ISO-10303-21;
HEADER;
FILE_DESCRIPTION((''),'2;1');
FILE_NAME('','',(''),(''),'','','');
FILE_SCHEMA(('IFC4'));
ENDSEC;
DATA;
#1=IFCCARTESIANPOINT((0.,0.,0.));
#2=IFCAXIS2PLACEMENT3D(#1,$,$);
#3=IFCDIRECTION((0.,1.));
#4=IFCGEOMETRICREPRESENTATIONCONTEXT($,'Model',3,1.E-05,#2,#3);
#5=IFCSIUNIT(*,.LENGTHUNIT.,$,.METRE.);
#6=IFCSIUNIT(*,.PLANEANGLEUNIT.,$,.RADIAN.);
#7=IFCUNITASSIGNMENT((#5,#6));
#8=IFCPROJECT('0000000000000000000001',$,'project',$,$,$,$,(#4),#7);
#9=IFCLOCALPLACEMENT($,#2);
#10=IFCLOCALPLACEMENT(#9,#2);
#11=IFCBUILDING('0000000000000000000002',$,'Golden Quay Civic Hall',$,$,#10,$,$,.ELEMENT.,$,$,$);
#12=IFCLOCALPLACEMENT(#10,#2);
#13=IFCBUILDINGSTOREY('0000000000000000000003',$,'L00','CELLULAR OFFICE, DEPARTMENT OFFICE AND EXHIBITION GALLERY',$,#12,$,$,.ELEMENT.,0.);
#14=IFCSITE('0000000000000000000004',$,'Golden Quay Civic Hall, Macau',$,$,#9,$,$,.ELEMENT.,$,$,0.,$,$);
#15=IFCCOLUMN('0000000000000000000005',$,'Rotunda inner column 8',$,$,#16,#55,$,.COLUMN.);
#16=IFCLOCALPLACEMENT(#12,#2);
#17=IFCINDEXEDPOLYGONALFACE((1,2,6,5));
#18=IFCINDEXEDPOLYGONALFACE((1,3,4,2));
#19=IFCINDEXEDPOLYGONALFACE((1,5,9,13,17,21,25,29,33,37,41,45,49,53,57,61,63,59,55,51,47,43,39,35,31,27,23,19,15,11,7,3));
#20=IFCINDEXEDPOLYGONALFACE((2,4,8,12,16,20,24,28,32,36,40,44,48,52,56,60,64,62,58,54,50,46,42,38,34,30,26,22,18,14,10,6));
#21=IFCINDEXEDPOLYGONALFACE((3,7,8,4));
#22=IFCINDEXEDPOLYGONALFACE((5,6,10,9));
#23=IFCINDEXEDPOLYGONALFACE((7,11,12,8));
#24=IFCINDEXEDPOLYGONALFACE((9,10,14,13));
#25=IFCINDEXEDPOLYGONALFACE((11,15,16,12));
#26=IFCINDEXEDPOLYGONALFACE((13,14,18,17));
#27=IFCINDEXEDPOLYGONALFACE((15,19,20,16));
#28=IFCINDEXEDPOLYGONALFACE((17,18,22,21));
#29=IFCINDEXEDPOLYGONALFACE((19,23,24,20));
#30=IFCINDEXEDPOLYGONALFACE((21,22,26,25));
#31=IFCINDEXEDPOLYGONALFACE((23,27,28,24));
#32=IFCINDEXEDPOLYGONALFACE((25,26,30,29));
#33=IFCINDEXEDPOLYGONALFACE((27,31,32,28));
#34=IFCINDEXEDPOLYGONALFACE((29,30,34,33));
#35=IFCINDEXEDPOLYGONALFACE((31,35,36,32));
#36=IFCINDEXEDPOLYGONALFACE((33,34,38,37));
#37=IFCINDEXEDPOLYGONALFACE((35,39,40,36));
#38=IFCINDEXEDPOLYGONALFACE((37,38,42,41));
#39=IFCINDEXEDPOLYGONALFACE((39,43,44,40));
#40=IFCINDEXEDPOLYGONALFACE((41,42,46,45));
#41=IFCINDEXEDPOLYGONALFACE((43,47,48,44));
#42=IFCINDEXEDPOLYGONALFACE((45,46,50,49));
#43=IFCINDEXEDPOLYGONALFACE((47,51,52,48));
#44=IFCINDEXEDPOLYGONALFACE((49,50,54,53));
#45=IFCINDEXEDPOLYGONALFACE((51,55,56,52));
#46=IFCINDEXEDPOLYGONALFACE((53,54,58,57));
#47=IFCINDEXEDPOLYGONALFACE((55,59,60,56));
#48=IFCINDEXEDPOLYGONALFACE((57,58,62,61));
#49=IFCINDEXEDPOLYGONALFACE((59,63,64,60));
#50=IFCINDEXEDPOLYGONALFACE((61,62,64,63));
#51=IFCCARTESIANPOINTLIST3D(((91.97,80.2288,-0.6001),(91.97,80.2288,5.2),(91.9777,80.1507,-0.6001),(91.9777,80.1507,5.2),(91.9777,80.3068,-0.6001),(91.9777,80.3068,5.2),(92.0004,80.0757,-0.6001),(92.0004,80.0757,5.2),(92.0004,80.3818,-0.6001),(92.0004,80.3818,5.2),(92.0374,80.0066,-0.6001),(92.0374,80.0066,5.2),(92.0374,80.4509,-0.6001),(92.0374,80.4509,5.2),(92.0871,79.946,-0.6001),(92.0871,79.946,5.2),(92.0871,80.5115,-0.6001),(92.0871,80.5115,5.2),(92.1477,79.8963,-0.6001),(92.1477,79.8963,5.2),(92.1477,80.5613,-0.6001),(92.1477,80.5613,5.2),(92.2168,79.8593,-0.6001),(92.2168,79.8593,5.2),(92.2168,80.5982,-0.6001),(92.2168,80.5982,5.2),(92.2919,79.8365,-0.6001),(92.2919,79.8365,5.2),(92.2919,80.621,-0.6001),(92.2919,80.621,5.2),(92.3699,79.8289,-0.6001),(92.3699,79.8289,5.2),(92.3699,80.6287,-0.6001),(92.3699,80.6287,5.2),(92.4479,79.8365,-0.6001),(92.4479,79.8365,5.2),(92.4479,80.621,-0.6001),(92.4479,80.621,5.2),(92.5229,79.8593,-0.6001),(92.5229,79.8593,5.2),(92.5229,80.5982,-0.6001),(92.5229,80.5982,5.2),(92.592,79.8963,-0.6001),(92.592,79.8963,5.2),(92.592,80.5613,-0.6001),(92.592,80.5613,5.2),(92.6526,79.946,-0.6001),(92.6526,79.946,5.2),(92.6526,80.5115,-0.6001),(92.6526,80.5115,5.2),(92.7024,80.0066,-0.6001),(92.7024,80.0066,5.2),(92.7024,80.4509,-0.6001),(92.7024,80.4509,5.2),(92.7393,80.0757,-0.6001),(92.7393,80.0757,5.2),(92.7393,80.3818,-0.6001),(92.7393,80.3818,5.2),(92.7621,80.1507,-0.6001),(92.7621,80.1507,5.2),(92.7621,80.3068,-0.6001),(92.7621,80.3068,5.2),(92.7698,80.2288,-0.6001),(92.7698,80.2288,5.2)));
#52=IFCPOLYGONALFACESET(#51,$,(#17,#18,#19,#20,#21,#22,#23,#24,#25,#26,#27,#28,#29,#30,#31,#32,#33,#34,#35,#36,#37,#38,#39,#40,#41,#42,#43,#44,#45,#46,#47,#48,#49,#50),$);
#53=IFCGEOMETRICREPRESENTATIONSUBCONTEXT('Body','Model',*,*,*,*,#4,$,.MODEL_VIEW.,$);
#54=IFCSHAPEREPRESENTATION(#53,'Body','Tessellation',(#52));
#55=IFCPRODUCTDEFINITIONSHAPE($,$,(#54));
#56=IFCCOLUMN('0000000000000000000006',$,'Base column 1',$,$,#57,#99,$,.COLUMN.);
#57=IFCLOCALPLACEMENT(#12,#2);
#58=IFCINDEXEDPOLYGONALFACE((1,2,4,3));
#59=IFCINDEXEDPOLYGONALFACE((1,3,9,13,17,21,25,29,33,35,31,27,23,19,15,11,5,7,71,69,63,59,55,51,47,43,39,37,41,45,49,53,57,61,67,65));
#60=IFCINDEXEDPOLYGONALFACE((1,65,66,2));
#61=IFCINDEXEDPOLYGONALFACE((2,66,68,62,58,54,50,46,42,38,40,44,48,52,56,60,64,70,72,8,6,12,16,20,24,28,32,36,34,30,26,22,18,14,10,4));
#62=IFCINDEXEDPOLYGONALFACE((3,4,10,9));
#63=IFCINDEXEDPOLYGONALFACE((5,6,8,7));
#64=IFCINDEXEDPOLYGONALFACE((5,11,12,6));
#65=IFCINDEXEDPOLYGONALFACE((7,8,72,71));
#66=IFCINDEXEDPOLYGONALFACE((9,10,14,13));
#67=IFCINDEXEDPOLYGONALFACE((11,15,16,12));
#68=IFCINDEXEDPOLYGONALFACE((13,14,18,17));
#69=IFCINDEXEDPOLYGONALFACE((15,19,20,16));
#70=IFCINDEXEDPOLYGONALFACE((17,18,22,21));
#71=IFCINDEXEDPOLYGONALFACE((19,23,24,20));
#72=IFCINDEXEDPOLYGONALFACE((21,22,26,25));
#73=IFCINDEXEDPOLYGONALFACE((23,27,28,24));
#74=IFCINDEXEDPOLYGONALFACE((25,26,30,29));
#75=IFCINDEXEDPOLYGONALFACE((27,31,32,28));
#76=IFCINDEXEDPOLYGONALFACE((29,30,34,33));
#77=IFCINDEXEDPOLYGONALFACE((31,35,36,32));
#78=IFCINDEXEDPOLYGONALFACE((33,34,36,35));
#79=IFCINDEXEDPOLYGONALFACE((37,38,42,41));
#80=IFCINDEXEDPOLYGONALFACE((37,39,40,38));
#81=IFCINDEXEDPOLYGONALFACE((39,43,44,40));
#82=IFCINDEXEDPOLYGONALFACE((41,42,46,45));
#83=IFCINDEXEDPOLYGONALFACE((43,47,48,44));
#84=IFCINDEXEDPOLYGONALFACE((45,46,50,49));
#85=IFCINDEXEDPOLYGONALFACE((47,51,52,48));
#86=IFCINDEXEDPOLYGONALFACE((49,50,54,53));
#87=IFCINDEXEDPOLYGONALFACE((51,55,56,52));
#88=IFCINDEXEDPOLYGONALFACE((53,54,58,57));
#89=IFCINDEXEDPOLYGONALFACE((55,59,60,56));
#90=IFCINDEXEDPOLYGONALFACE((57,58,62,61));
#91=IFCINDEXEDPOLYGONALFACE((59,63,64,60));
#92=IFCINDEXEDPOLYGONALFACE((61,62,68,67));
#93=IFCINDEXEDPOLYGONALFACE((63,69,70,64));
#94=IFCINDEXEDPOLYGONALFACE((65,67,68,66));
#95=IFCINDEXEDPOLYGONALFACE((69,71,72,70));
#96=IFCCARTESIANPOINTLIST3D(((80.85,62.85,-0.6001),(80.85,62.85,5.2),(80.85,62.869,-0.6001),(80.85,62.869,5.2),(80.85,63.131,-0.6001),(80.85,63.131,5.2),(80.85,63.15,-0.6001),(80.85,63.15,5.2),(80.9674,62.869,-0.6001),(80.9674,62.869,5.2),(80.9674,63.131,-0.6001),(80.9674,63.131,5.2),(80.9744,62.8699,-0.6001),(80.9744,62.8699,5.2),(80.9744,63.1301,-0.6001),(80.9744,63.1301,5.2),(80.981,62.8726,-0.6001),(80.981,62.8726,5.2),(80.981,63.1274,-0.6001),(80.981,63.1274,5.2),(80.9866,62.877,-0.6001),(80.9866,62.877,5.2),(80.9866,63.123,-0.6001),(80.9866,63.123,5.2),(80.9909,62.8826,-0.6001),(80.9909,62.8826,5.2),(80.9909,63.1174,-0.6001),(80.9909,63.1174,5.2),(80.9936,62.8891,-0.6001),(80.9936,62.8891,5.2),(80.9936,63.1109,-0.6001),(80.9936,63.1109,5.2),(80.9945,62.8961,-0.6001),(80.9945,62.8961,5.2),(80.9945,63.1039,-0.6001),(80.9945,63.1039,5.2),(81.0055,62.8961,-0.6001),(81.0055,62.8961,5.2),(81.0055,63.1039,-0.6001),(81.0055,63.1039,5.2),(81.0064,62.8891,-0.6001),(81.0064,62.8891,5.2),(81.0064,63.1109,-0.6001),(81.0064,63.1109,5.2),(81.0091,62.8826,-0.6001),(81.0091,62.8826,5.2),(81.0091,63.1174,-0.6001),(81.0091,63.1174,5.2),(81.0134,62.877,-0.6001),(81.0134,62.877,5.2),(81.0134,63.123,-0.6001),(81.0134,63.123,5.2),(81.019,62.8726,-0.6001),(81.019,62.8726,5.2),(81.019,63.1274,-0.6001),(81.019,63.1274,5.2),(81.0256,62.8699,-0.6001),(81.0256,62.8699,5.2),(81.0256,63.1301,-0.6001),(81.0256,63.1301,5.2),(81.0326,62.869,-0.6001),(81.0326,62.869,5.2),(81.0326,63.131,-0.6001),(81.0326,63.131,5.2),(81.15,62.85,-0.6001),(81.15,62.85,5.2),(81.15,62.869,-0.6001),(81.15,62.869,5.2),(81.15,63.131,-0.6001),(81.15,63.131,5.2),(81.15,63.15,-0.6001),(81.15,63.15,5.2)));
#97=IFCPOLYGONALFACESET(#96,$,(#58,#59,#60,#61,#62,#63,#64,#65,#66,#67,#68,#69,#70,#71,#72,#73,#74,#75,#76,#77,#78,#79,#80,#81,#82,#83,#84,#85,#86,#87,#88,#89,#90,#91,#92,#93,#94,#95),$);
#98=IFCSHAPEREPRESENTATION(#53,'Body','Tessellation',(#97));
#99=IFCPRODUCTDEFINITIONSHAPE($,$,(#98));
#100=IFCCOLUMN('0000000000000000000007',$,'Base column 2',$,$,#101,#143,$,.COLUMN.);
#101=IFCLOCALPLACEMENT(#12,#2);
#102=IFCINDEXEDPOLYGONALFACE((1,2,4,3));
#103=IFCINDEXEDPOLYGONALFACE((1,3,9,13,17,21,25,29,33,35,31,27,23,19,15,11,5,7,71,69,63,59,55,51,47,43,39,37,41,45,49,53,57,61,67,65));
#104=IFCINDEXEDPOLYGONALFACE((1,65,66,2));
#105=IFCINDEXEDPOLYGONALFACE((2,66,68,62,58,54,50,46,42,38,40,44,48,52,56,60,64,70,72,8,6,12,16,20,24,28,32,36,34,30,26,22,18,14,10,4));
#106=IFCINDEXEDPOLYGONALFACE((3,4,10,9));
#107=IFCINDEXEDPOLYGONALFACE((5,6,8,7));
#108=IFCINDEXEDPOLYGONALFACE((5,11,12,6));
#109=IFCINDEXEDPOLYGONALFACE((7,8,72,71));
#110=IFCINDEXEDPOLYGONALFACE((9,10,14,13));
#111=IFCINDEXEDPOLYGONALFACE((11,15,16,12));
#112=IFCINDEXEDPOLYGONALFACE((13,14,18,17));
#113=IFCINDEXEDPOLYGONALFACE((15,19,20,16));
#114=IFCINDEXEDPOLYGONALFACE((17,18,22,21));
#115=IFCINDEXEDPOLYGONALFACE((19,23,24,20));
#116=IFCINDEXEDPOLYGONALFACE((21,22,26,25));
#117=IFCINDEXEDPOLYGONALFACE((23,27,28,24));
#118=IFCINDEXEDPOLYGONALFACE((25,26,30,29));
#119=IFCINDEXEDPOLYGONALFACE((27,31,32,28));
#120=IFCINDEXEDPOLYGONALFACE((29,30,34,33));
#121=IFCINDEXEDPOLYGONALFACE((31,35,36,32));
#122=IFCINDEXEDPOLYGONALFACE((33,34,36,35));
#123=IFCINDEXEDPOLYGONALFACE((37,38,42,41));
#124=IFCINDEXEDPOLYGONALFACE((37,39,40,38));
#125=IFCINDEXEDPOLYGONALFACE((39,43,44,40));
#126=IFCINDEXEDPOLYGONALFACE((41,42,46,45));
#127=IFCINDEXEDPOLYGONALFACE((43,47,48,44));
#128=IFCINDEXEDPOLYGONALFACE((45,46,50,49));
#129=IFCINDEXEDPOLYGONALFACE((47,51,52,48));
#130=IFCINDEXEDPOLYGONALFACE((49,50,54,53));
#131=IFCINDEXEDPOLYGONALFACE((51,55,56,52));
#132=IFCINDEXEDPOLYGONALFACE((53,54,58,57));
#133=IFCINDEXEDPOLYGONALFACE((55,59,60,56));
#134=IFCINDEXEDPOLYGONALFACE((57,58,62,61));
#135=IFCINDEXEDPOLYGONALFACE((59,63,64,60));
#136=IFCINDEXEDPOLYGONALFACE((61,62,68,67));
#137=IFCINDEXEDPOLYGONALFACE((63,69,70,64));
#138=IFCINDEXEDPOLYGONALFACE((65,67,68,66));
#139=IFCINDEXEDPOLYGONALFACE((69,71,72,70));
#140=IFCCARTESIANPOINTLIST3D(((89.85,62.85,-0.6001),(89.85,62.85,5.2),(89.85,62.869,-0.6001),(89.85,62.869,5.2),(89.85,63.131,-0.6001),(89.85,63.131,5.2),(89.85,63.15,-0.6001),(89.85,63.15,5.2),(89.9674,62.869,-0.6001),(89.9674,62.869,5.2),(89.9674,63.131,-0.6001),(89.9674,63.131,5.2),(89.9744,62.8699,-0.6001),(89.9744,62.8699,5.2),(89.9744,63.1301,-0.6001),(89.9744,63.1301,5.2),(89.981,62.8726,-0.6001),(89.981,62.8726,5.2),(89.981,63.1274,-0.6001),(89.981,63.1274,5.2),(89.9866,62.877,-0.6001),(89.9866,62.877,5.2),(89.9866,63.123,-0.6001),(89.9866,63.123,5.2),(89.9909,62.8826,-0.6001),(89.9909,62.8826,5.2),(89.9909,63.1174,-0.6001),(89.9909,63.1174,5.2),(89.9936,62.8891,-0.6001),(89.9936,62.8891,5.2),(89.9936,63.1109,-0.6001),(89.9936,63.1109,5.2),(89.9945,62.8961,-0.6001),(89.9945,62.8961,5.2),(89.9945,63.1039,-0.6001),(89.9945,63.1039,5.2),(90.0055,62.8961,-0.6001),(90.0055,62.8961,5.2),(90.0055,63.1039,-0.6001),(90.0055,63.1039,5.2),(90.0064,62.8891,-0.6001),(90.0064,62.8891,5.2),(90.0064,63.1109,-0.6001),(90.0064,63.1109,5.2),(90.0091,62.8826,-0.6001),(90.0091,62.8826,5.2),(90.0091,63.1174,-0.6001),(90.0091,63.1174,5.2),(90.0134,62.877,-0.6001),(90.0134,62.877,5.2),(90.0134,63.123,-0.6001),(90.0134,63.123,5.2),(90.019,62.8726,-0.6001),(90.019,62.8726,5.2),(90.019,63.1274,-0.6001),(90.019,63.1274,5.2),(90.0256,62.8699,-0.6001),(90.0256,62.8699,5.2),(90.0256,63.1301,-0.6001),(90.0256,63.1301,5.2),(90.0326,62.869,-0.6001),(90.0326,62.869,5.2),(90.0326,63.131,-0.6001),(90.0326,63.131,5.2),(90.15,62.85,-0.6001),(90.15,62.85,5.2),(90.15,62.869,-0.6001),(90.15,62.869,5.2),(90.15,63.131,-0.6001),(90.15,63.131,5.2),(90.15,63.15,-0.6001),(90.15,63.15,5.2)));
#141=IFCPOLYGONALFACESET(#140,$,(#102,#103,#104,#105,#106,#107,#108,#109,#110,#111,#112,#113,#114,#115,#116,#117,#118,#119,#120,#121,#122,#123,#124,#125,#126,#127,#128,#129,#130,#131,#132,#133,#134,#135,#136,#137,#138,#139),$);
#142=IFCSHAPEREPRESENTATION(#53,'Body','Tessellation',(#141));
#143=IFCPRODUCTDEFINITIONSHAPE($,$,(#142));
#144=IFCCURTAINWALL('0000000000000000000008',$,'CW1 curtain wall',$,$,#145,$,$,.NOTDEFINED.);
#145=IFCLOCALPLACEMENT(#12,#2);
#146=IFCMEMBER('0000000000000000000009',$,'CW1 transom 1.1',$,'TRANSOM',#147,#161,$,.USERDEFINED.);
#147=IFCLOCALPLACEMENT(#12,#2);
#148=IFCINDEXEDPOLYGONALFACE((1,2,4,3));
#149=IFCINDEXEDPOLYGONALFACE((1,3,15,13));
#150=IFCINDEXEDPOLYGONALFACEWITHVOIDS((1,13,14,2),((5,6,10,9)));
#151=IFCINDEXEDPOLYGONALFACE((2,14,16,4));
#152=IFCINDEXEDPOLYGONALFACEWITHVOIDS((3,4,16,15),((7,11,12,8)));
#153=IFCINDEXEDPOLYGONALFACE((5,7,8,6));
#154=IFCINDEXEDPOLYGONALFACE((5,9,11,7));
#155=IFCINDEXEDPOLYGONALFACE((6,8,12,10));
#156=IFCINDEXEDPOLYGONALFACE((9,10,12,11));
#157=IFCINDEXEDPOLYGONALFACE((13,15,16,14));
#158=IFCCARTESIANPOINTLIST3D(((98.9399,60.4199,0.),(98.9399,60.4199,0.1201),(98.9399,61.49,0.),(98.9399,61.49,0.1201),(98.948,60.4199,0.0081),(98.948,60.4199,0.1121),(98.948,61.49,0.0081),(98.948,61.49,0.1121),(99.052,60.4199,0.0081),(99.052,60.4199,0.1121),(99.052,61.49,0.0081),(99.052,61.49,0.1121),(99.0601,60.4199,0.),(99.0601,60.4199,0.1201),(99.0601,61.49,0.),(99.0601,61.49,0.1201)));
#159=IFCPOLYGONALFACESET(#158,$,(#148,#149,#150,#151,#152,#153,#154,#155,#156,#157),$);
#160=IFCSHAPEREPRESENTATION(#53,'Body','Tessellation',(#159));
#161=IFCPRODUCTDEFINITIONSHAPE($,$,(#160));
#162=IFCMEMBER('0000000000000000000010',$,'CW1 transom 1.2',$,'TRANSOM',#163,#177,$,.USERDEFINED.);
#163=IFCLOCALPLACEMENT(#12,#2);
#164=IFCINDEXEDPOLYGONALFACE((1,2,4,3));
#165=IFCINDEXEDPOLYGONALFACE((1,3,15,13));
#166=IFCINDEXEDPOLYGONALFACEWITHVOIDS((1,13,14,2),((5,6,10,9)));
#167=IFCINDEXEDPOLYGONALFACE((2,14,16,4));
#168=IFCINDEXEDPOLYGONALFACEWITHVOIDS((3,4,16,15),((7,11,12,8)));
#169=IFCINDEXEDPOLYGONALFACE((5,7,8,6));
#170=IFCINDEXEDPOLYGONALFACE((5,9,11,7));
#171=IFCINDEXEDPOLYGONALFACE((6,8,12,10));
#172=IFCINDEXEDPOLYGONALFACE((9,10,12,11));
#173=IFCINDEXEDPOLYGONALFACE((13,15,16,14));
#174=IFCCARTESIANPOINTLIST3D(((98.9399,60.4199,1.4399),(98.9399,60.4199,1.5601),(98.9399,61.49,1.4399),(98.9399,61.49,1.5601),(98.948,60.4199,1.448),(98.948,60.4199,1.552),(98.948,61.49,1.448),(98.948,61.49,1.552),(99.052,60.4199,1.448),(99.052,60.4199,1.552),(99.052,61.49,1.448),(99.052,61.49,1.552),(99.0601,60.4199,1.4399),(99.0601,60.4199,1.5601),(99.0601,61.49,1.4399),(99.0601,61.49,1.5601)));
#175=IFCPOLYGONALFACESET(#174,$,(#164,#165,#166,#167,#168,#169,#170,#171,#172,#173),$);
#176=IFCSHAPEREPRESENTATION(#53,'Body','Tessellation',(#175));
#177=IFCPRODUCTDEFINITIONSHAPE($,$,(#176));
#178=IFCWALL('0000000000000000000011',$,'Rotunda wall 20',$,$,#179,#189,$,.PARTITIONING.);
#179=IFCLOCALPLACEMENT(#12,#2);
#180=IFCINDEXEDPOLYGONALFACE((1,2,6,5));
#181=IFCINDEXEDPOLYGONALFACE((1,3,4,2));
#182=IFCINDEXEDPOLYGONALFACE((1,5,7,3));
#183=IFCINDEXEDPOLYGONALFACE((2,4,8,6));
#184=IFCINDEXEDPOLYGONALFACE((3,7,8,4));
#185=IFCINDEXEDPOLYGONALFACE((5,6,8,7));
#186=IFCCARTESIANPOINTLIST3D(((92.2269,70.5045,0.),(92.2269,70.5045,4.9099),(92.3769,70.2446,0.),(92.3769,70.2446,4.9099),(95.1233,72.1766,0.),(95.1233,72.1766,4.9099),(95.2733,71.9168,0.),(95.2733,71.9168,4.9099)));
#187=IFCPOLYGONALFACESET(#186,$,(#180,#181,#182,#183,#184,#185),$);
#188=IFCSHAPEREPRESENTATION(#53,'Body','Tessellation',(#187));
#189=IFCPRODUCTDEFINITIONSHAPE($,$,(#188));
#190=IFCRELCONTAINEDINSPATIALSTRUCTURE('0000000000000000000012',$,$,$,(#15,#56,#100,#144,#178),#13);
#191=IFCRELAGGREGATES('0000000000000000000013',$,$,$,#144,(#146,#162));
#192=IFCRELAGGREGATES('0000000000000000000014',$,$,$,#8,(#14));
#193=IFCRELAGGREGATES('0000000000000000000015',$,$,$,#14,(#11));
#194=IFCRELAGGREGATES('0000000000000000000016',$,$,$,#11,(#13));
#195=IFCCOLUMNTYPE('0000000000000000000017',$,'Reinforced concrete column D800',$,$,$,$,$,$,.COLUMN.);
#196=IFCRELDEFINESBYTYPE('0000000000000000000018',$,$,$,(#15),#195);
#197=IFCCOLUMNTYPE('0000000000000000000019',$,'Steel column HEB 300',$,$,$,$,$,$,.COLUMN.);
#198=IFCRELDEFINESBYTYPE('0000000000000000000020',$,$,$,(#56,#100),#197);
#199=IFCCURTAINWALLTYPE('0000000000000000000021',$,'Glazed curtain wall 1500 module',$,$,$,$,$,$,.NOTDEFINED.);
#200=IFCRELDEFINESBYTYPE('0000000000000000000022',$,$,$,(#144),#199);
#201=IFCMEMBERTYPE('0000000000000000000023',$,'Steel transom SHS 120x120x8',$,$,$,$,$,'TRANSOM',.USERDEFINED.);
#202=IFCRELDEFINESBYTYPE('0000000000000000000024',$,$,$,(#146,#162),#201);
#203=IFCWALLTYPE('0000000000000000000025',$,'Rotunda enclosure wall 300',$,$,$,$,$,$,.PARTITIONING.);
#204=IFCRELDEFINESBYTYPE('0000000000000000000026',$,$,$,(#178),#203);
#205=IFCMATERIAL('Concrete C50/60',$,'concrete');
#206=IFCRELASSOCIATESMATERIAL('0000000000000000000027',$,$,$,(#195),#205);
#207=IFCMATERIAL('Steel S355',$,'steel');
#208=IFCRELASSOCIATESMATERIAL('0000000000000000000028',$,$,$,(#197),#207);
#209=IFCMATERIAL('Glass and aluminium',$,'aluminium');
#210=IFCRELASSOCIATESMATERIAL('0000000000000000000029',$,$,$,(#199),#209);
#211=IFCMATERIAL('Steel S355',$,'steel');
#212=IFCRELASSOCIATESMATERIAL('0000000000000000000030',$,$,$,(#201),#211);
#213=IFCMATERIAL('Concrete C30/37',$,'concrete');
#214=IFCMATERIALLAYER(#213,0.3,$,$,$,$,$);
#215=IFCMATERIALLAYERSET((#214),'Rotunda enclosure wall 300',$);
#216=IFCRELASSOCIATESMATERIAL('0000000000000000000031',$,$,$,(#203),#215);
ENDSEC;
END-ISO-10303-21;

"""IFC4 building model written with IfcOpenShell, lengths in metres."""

from ifc_helpers import new_model, si_unit, direction, frame, frame_2d, origin, origin_2d, place, context, subcontext, project, spatial, rectangle, hollow_rectangle, circle, i_section, extrude, material, layer, layer_set, material_profile, profile_set, type_object, element, aggregate, save


model = new_model("IFC4")

# Units and contexts
model_context = context("Model", 3, precision=1e-05, world=origin(), true_north=direction((0.0, 1.0)))
body_context = subcontext(model_context, "Body", "Model", "MODEL_VIEW")
ifc_project = project(units=[si_unit("LENGTHUNIT", "METRE"), si_unit("PLANEANGLEUNIT", "RADIAN")], contexts=[model_context])

# Site, building, storey
site_placement = place(None, origin())
site = spatial("IfcSite", under=ifc_project, at=site_placement, Name="Golden Quay Civic Hall, Macau", CompositionType="ELEMENT", RefElevation=0.0)
building_placement = place(site_placement, origin())
building = spatial("IfcBuilding", under=site, at=building_placement, Name="Golden Quay Civic Hall", CompositionType="ELEMENT")
storey_placement = place(building_placement, origin())
storey = spatial("IfcBuildingStorey", under=building, at=storey_placement, Name="L00", Description="CELLULAR OFFICE, DEPARTMENT OFFICE AND EXHIBITION GALLERY", CompositionType="ELEMENT", Elevation=0.0)

# Columns
ifc_material_1 = material(Name="Concrete C50/60", Category="concrete")
ifc_material_profile_1 = material_profile(ifc_material_1, circle(Radius=0.3999, at=origin_2d()), Name="RC D800")
ifc_profile_set_1 = profile_set([ifc_material_profile_1], Name="Concrete C50/60")
column_type_1 = type_object("IfcColumnType", Name="Reinforced concrete column D800", PredefinedType="COLUMN", material=ifc_profile_set_1)
for number, where, z_axis, x_axis, name in (
    (1, (92.3699, 80.2288, -0.6001), (0.0, 0.0, 1.0), (1.0, 0.0, 0.0), "Rotunda inner column 8"),
):
    element("IfcColumn", number, at=place(storey_placement, frame(where, z_axis=z_axis, x_axis=x_axis)), inside=storey, type_object=column_type_1, Name=name, PredefinedType="COLUMN", context=body_context, shape_type="SweptSolid", body=[
        extrude(circle(Radius=0.3999, at=origin_2d()), origin(), (0.0, 0.0, 1.0), 5.8),
    ])
ifc_material_2 = material(Name="Steel S355", Category="steel")
ifc_material_profile_2 = material_profile(ifc_material_2, i_section(OverallWidth=0.3, OverallDepth=0.3, WebThickness=0.011, FlangeThickness=0.019, FilletRadius=0.0271, at=origin_2d()), Name="HEB 300")
ifc_profile_set_2 = profile_set([ifc_material_profile_2], Name="Steel S355")
column_type_2 = type_object("IfcColumnType", Name="Steel column HEB 300", PredefinedType="COLUMN", material=ifc_profile_set_2)
for number, where, z_axis, x_axis, name in (
    (2, (81.0, 63.0, -0.6001), (0.0, 0.0, 1.0), (1.0, 0.0, 0.0), "Base column 1"),
    (3, (90.0, 63.0, -0.6001), (0.0, 0.0, 1.0), (1.0, 0.0, 0.0), "Base column 2"),
):
    element("IfcColumn", number, at=place(storey_placement, frame(where, z_axis=z_axis, x_axis=x_axis)), inside=storey, type_object=column_type_2, Name=name, PredefinedType="COLUMN", context=body_context, shape_type="SweptSolid", body=[
        extrude(i_section(OverallWidth=0.3, OverallDepth=0.3, WebThickness=0.011, FlangeThickness=0.019, FilletRadius=0.0271, at=origin_2d()), origin(), (0.0, 0.0, 1.0), 5.8),
    ])

# Curtain wall, members
ifc_material_3 = material(Name="Glass and aluminium", Category="aluminium")
curtain_wall_type = type_object("IfcCurtainWallType", Name="Glazed curtain wall 1500 module", PredefinedType="NOTDEFINED", material=ifc_material_3)
curtain_wall_placement = place(storey_placement, origin())
curtain_wall = element("IfcCurtainWall", 4, at=curtain_wall_placement, inside=storey, type_object=curtain_wall_type, Name="CW1 curtain wall", PredefinedType="NOTDEFINED")
ifc_material_4 = material(Name="Steel S355", Category="steel")
ifc_material_profile_3 = material_profile(ifc_material_4, hollow_rectangle(XDim=0.1201, YDim=0.1201, WallThickness=0.0081, at=origin_2d()), Name="SHS 120x120x8")
ifc_profile_set_3 = profile_set([ifc_material_profile_3], Name="Steel S355")
member_type = type_object("IfcMemberType", Name="Steel transom SHS 120x120x8", ElementType="TRANSOM", PredefinedType="USERDEFINED", material=ifc_profile_set_3)
member_1_placement = place(storey_placement, frame((99.0, 60.4199, 0.0601), z_axis=(0.0, 1.0, 0.0), x_axis=(-1.0, 0.0, 0.0)))
member_1 = element("IfcMember", 5, at=member_1_placement, type_object=member_type, Name="CW1 transom 1.1", ObjectType="TRANSOM", PredefinedType="USERDEFINED", context=body_context, shape_type="SweptSolid", body=[
    extrude(hollow_rectangle(XDim=0.1201, YDim=0.1201, WallThickness=0.0081, at=origin_2d()), origin(), (0.0, 0.0, 1.0), 1.0701),
])
member_2_placement = place(storey_placement, frame((99.0, 60.4199, 1.5), z_axis=(0.0, 1.0, 0.0), x_axis=(-1.0, 0.0, 0.0)))
member_2 = element("IfcMember", 6, at=member_2_placement, type_object=member_type, Name="CW1 transom 1.2", ObjectType="TRANSOM", PredefinedType="USERDEFINED", context=body_context, shape_type="SweptSolid", body=[
    extrude(hollow_rectangle(XDim=0.1201, YDim=0.1201, WallThickness=0.0081, at=origin_2d()), origin(), (0.0, 0.0, 1.0), 1.0701),
])
aggregate(curtain_wall, [member_1, member_2])

# Shared definitions
ifc_material_5 = material(Name="Concrete C30/37", Category="concrete")
ifc_layer = layer(ifc_material_5, 0.3)
ifc_layer_set = layer_set([ifc_layer], Name="Rotunda enclosure wall 300")
wall_type = type_object("IfcWallType", Name="Rotunda enclosure wall 300", PredefinedType="PARTITIONING", material=ifc_layer_set)

# Wall
wall_1_placement = place(storey_placement, frame((92.3018, 70.3745, 0.0), z_axis=(0.0, 0.0, 1.0), x_axis=(0.866047, 0.499963, 0.0)))
element("IfcWall", 7, at=wall_1_placement, inside=storey, type_object=wall_type, Name="Rotunda wall 20", PredefinedType="PARTITIONING", context=body_context, shape_type="SweptSolid", body=[
    extrude(rectangle(XDim=3.3445, YDim=0.3, at=frame_2d((1.6724, 0.0))), origin(), (0.0, 0.0, 1.0), 4.9099),
])

save(model, "model.ifc")
